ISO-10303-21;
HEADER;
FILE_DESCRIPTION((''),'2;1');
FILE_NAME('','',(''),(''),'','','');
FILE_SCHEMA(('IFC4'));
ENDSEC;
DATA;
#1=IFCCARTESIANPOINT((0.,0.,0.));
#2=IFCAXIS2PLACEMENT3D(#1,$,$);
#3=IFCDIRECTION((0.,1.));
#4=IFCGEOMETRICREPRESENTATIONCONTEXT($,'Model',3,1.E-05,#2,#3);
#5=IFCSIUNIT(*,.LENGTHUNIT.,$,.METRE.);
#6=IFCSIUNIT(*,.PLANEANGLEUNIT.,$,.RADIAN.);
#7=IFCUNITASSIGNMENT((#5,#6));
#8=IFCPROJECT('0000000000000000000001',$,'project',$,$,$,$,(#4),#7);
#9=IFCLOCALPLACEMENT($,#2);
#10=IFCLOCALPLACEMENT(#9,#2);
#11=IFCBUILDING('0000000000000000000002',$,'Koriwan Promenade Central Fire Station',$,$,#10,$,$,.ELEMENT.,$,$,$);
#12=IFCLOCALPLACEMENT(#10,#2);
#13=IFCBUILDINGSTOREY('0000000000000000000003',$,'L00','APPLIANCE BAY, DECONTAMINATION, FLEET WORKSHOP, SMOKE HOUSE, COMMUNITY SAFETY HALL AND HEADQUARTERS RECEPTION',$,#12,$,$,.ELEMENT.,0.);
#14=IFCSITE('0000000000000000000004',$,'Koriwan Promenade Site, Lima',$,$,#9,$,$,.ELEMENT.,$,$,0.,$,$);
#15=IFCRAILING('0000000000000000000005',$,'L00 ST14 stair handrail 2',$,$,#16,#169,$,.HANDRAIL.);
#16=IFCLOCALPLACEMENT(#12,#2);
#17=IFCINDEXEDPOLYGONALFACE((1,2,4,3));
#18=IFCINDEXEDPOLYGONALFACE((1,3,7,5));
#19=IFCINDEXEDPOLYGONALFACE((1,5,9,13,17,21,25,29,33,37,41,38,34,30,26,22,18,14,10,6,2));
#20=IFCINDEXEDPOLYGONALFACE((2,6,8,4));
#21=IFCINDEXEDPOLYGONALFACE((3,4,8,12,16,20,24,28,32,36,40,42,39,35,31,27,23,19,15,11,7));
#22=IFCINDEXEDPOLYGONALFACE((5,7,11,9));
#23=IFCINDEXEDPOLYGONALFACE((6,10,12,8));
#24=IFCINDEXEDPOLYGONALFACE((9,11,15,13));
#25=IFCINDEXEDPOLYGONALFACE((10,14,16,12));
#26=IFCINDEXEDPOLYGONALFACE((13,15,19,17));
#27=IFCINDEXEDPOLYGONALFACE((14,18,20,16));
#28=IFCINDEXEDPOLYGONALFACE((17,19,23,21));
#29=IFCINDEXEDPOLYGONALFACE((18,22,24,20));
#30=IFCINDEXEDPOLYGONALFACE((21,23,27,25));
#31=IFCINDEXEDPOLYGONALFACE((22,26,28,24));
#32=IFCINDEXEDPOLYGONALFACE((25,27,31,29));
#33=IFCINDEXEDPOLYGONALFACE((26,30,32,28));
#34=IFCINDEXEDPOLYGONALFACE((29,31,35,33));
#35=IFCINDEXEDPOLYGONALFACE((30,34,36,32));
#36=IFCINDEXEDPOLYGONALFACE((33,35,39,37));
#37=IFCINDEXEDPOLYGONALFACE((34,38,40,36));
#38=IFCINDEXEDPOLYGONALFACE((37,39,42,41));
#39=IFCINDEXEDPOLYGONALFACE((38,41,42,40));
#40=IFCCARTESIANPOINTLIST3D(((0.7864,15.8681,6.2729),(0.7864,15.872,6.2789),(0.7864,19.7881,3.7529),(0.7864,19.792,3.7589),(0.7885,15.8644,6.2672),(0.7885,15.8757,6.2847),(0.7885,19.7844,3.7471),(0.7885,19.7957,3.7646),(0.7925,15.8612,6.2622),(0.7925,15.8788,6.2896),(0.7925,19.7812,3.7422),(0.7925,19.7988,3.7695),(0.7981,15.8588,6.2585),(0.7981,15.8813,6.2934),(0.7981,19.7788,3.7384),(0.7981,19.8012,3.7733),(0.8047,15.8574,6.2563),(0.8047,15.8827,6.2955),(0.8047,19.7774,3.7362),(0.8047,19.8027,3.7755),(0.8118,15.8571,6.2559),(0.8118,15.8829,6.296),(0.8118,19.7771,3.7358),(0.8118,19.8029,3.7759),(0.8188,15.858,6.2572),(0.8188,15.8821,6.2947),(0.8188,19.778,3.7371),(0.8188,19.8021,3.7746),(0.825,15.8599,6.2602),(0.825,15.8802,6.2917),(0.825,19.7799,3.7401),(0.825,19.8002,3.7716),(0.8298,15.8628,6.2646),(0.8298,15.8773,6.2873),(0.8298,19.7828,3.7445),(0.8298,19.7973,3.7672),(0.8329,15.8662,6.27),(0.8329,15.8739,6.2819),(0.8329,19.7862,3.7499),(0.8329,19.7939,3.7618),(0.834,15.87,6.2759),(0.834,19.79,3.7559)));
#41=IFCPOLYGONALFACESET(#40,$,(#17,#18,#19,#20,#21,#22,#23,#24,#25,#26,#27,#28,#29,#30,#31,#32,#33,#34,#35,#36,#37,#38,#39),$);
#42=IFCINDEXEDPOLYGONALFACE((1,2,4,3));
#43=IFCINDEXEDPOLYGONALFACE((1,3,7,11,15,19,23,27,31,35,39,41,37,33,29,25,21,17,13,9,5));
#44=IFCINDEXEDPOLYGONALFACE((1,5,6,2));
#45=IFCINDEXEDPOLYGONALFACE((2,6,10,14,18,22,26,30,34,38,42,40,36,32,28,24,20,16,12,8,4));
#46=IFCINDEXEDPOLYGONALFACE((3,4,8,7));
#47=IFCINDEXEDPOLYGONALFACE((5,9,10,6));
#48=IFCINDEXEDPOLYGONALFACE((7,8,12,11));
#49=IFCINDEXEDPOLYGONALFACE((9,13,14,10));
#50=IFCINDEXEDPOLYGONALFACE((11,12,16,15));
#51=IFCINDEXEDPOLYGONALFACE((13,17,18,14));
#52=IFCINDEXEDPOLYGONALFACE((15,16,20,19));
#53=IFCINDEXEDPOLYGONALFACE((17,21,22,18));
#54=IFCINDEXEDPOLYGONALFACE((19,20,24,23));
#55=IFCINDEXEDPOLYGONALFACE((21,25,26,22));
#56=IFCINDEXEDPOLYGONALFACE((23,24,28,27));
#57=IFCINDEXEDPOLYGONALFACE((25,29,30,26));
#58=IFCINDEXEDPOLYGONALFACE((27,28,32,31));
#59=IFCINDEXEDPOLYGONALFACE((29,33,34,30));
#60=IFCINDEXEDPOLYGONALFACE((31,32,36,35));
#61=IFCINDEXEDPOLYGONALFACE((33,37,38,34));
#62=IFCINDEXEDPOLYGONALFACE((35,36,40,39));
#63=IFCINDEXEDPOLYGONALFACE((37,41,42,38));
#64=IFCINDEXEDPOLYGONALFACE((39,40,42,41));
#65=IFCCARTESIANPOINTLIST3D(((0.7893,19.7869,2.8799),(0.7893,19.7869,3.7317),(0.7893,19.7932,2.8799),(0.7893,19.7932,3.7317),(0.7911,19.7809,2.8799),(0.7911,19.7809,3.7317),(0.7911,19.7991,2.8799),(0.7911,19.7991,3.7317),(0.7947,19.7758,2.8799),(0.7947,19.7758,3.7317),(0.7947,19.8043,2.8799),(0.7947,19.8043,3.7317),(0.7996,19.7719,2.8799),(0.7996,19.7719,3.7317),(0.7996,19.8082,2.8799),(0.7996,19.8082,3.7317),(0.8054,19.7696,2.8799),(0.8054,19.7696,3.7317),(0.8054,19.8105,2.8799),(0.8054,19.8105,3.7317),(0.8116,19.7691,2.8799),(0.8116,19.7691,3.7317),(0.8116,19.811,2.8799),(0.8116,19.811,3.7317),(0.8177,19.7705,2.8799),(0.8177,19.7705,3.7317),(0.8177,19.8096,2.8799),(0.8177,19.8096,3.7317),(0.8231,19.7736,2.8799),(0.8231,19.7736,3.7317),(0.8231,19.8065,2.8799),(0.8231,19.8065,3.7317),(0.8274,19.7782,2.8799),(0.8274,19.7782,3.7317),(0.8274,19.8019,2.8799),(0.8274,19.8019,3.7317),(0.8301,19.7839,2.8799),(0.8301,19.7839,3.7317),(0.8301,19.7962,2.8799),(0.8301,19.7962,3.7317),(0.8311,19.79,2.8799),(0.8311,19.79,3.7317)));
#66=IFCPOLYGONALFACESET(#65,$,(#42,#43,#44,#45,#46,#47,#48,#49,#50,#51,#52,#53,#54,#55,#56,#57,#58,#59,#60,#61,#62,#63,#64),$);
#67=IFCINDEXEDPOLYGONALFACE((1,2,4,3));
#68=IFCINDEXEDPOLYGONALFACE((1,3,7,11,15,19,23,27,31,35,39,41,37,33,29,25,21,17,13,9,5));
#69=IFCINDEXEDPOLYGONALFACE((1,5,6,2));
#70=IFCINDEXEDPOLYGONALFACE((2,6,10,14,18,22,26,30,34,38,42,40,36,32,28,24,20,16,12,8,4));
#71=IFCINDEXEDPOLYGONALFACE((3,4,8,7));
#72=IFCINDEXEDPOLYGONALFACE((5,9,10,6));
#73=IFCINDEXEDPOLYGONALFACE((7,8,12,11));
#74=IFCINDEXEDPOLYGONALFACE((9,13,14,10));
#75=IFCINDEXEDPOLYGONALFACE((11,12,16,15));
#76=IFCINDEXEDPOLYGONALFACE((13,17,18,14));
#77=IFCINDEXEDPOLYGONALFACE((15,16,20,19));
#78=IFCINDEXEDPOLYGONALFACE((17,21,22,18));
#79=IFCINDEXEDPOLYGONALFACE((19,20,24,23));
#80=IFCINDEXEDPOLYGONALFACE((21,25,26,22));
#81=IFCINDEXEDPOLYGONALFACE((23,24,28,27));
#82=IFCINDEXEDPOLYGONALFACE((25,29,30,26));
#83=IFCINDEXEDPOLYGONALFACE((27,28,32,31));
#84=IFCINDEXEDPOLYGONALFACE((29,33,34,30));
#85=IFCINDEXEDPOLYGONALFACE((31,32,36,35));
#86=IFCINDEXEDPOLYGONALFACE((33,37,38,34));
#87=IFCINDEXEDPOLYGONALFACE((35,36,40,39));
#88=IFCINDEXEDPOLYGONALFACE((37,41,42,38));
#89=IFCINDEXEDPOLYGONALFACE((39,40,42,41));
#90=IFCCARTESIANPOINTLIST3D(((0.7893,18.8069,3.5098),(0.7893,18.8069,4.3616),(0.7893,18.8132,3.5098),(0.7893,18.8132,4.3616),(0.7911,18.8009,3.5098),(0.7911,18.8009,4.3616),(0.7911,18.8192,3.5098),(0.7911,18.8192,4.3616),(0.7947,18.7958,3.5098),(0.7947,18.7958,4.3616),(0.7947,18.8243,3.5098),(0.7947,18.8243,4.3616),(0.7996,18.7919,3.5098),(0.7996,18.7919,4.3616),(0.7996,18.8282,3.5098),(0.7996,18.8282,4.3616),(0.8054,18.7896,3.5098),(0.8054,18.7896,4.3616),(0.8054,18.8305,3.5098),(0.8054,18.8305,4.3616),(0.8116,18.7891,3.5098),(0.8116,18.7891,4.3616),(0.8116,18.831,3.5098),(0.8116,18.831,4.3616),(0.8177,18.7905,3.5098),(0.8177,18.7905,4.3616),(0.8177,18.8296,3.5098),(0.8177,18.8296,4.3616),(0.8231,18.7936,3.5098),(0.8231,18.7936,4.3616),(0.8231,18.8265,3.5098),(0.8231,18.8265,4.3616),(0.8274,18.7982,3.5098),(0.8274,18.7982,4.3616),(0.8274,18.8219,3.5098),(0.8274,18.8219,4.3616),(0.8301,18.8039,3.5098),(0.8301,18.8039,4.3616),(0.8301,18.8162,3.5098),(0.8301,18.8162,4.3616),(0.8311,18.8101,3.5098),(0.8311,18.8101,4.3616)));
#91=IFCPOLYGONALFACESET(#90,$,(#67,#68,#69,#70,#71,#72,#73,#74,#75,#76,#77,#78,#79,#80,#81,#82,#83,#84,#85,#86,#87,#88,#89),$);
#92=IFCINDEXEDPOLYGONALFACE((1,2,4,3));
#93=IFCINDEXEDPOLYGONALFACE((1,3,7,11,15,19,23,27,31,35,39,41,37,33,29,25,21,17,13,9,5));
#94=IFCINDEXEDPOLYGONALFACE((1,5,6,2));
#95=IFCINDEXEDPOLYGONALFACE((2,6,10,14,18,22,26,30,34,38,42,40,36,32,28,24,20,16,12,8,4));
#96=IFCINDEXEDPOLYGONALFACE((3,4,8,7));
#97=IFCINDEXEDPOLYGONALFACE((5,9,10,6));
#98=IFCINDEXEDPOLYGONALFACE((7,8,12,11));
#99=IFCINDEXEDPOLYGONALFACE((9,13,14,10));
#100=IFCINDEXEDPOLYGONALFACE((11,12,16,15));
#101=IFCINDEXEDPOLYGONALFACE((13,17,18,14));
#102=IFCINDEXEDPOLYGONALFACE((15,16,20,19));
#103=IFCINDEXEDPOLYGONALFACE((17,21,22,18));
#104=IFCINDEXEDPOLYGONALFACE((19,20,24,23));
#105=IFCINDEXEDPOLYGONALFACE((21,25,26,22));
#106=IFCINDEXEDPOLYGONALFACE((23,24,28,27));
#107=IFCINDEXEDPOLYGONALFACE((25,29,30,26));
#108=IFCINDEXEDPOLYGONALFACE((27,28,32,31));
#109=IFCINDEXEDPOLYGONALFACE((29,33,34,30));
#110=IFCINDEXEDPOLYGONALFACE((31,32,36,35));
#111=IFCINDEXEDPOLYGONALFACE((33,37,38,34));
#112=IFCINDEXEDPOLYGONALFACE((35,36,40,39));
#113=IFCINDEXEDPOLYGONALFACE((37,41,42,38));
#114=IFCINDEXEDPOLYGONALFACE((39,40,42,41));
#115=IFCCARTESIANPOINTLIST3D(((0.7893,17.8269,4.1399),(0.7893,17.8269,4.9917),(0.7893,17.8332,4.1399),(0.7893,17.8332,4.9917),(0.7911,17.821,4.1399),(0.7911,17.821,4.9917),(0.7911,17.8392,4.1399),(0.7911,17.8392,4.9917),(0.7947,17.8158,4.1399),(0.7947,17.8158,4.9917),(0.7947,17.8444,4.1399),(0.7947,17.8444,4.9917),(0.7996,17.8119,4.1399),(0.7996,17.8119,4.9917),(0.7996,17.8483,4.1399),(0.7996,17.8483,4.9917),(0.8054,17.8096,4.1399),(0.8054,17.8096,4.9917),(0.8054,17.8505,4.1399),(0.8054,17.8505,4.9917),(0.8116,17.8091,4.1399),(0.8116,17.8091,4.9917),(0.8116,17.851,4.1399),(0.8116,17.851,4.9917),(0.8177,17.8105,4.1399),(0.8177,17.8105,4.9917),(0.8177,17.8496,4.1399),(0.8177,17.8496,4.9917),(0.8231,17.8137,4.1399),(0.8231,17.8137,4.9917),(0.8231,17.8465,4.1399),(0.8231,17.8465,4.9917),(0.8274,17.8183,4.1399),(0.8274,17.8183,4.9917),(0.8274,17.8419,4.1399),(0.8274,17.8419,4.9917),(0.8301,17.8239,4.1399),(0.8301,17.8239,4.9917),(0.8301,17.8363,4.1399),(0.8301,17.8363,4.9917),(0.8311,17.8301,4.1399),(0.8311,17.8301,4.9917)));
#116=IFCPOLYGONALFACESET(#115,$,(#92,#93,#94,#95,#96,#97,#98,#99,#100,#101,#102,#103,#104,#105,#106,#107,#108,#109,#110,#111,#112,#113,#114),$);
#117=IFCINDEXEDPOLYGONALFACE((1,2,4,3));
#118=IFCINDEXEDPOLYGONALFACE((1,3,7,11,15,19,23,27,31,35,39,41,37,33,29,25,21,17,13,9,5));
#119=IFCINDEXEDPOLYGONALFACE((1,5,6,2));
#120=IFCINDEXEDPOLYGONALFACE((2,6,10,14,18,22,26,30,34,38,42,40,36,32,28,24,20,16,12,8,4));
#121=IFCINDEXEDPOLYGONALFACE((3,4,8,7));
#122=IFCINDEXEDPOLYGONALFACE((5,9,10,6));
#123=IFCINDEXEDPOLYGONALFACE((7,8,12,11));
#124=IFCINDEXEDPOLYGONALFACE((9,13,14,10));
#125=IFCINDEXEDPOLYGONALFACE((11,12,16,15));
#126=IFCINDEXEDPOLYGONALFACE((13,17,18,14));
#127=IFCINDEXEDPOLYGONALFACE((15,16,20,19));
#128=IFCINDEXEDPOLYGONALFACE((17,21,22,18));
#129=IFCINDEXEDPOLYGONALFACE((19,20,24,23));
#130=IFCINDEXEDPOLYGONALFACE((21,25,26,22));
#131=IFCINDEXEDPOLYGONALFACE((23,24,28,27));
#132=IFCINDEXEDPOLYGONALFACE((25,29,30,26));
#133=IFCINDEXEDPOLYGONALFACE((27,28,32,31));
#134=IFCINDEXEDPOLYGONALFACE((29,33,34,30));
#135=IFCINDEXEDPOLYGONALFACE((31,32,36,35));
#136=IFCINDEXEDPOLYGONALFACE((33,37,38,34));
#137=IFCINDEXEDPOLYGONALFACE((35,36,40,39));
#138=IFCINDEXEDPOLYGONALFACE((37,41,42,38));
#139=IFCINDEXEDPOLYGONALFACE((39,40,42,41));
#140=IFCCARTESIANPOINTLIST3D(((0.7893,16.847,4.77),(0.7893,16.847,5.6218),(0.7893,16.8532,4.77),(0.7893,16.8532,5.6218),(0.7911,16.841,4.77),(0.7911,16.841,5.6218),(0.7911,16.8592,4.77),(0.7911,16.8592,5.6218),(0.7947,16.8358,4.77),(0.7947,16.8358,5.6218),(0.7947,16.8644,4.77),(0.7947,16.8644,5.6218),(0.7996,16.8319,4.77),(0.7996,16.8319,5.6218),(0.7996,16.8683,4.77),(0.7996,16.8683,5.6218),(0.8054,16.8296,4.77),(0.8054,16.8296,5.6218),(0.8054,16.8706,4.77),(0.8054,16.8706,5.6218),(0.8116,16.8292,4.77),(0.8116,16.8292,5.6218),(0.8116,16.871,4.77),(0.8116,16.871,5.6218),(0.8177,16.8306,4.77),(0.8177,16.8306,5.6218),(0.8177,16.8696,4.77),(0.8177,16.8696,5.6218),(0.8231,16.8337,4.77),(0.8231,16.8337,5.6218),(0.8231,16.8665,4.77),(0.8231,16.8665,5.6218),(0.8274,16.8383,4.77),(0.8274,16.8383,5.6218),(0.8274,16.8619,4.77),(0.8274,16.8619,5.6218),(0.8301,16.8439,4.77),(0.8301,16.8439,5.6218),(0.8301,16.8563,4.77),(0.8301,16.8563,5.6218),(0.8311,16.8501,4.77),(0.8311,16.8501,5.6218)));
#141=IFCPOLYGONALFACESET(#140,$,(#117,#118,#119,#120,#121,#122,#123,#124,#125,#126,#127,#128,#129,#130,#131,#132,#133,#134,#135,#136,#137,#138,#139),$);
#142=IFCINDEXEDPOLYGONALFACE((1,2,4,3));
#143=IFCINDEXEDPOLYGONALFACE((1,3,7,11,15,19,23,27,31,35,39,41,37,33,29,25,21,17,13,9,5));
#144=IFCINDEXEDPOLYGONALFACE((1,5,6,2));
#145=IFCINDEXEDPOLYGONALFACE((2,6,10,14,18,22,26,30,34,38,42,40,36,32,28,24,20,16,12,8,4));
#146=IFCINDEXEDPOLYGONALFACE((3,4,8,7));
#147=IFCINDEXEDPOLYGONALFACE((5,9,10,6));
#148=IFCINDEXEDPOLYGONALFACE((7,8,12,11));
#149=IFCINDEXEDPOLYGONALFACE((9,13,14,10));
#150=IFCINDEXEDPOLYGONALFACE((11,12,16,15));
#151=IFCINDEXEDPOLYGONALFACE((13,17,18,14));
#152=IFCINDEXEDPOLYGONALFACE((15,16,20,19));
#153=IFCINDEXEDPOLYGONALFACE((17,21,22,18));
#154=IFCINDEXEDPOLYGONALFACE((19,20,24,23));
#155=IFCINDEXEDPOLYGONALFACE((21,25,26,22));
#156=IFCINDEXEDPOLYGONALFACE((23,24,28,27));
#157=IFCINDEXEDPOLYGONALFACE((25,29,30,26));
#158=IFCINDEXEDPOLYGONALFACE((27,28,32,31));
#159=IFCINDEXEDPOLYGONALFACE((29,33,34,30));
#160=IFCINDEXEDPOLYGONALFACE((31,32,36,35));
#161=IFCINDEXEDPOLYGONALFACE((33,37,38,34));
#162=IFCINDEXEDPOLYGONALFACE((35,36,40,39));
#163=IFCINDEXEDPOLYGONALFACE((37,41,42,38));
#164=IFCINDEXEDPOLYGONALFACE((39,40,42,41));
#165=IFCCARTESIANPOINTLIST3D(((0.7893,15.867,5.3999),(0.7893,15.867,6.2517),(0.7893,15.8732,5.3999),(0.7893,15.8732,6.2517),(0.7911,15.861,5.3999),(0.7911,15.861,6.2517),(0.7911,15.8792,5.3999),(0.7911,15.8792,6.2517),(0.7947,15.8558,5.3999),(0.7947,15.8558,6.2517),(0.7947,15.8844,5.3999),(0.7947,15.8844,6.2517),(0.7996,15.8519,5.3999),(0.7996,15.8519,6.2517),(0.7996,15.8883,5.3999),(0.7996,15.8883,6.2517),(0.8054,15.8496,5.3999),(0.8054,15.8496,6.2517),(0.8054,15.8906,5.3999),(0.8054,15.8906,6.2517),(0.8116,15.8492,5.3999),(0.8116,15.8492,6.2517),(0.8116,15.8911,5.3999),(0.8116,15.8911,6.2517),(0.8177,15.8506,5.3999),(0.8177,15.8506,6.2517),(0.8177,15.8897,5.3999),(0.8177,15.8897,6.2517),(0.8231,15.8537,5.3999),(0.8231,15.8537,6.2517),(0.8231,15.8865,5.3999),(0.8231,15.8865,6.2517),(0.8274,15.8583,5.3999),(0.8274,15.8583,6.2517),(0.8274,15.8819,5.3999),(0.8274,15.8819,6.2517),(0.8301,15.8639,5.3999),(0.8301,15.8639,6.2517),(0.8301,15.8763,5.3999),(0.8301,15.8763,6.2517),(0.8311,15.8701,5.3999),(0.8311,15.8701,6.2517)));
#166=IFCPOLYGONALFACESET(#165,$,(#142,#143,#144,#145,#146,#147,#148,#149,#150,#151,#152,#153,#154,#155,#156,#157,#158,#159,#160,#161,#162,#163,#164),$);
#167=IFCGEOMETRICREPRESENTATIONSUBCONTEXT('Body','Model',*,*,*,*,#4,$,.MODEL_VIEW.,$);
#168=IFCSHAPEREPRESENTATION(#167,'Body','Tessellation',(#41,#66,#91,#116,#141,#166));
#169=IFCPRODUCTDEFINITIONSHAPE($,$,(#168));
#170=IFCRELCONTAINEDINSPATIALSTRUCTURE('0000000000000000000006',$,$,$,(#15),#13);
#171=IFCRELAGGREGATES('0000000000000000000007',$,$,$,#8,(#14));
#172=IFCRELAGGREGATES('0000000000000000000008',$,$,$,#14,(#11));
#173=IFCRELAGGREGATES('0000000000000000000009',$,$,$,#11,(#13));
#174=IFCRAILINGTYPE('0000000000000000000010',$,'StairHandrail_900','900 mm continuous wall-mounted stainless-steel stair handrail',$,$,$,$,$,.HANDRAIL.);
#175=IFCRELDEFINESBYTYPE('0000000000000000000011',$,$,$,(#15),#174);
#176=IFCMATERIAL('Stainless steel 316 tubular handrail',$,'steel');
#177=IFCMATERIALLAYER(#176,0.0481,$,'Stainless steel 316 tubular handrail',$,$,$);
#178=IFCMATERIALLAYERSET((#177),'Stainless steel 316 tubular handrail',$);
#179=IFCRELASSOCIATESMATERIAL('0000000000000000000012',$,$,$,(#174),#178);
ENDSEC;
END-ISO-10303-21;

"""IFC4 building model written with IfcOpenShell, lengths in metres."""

from ifc_helpers import new_model, si_unit, direction, frame, origin, origin_2d, place, context, subcontext, project, spatial, circle, extrude, material, layer, layer_set, type_object, element, save


model = new_model("IFC4")

# Units and contexts
model_context = context("Model", 3, precision=1e-05, world=origin(), true_north=direction((0.0, 1.0)))
body_context = subcontext(model_context, "Body", "Model", "MODEL_VIEW")
ifc_project = project(units=[si_unit("LENGTHUNIT", "METRE"), si_unit("PLANEANGLEUNIT", "RADIAN")], contexts=[model_context])

# Site, building, storey
site_placement = place(None, origin())
site = spatial("IfcSite", under=ifc_project, at=site_placement, Name="Koriwan Promenade Site, Lima", CompositionType="ELEMENT", RefElevation=0.0)
building_placement = place(site_placement, origin())
building = spatial("IfcBuilding", under=site, at=building_placement, Name="Koriwan Promenade Central Fire Station", CompositionType="ELEMENT")
storey_placement = place(building_placement, origin())
storey = spatial("IfcBuildingStorey", under=building, at=storey_placement, Name="L00", Description="APPLIANCE BAY, DECONTAMINATION, FLEET WORKSHOP, SMOKE HOUSE, COMMUNITY SAFETY HALL AND HEADQUARTERS RECEPTION", CompositionType="ELEMENT", Elevation=0.0)

# Railing
ifc_material_1 = material(Name="Stainless steel 316 tubular handrail", Category="steel")
ifc_layer_1 = layer(ifc_material_1, 0.0481, Name="Stainless steel 316 tubular handrail")
ifc_layer_set_1 = layer_set([ifc_layer_1], Name="Stainless steel 316 tubular handrail")
railing_type_1 = type_object("IfcRailingType", Name="StairHandrail_900", Description="900 mm continuous wall-mounted stainless-steel stair handrail", PredefinedType="HANDRAIL", material=ifc_layer_set_1)
railing_1_placement = place(storey_placement, frame((0.8101, 19.79, 2.8799)))
element("IfcRailing", 1, at=railing_1_placement, inside=storey, type_object=railing_type_1, Name="L00 ST14 stair handrail 2", PredefinedType="HANDRAIL", context=body_context, shape_type="SweptSolid", body=[
    extrude(circle(Radius=0.0239, at=origin_2d()), frame((0.0, 0.0, 0.876), z_axis=(0.0, -0.841172, 0.540768), x_axis=(1.0, 0.0, 0.0)), (0.0, 0.0, 1.0), 4.6602),
    extrude(circle(Radius=0.021, at=origin_2d()), origin(), (0.0, 0.0, 1.0), 0.8518),
    extrude(circle(Radius=0.021, at=origin_2d()), frame((0.0, -0.98, 0.6299)), (0.0, 0.0, 1.0), 0.8518),
    extrude(circle(Radius=0.021, at=origin_2d()), frame((0.0, -1.96, 1.26)), (0.0, 0.0, 1.0), 0.8518),
    extrude(circle(Radius=0.021, at=origin_2d()), frame((0.0, -2.9399, 1.8901)), (0.0, 0.0, 1.0), 0.8518),
    extrude(circle(Radius=0.021, at=origin_2d()), frame((0.0, -3.9199, 2.52)), (0.0, 0.0, 1.0), 0.8518),
])

save(model, "model.ifc")
